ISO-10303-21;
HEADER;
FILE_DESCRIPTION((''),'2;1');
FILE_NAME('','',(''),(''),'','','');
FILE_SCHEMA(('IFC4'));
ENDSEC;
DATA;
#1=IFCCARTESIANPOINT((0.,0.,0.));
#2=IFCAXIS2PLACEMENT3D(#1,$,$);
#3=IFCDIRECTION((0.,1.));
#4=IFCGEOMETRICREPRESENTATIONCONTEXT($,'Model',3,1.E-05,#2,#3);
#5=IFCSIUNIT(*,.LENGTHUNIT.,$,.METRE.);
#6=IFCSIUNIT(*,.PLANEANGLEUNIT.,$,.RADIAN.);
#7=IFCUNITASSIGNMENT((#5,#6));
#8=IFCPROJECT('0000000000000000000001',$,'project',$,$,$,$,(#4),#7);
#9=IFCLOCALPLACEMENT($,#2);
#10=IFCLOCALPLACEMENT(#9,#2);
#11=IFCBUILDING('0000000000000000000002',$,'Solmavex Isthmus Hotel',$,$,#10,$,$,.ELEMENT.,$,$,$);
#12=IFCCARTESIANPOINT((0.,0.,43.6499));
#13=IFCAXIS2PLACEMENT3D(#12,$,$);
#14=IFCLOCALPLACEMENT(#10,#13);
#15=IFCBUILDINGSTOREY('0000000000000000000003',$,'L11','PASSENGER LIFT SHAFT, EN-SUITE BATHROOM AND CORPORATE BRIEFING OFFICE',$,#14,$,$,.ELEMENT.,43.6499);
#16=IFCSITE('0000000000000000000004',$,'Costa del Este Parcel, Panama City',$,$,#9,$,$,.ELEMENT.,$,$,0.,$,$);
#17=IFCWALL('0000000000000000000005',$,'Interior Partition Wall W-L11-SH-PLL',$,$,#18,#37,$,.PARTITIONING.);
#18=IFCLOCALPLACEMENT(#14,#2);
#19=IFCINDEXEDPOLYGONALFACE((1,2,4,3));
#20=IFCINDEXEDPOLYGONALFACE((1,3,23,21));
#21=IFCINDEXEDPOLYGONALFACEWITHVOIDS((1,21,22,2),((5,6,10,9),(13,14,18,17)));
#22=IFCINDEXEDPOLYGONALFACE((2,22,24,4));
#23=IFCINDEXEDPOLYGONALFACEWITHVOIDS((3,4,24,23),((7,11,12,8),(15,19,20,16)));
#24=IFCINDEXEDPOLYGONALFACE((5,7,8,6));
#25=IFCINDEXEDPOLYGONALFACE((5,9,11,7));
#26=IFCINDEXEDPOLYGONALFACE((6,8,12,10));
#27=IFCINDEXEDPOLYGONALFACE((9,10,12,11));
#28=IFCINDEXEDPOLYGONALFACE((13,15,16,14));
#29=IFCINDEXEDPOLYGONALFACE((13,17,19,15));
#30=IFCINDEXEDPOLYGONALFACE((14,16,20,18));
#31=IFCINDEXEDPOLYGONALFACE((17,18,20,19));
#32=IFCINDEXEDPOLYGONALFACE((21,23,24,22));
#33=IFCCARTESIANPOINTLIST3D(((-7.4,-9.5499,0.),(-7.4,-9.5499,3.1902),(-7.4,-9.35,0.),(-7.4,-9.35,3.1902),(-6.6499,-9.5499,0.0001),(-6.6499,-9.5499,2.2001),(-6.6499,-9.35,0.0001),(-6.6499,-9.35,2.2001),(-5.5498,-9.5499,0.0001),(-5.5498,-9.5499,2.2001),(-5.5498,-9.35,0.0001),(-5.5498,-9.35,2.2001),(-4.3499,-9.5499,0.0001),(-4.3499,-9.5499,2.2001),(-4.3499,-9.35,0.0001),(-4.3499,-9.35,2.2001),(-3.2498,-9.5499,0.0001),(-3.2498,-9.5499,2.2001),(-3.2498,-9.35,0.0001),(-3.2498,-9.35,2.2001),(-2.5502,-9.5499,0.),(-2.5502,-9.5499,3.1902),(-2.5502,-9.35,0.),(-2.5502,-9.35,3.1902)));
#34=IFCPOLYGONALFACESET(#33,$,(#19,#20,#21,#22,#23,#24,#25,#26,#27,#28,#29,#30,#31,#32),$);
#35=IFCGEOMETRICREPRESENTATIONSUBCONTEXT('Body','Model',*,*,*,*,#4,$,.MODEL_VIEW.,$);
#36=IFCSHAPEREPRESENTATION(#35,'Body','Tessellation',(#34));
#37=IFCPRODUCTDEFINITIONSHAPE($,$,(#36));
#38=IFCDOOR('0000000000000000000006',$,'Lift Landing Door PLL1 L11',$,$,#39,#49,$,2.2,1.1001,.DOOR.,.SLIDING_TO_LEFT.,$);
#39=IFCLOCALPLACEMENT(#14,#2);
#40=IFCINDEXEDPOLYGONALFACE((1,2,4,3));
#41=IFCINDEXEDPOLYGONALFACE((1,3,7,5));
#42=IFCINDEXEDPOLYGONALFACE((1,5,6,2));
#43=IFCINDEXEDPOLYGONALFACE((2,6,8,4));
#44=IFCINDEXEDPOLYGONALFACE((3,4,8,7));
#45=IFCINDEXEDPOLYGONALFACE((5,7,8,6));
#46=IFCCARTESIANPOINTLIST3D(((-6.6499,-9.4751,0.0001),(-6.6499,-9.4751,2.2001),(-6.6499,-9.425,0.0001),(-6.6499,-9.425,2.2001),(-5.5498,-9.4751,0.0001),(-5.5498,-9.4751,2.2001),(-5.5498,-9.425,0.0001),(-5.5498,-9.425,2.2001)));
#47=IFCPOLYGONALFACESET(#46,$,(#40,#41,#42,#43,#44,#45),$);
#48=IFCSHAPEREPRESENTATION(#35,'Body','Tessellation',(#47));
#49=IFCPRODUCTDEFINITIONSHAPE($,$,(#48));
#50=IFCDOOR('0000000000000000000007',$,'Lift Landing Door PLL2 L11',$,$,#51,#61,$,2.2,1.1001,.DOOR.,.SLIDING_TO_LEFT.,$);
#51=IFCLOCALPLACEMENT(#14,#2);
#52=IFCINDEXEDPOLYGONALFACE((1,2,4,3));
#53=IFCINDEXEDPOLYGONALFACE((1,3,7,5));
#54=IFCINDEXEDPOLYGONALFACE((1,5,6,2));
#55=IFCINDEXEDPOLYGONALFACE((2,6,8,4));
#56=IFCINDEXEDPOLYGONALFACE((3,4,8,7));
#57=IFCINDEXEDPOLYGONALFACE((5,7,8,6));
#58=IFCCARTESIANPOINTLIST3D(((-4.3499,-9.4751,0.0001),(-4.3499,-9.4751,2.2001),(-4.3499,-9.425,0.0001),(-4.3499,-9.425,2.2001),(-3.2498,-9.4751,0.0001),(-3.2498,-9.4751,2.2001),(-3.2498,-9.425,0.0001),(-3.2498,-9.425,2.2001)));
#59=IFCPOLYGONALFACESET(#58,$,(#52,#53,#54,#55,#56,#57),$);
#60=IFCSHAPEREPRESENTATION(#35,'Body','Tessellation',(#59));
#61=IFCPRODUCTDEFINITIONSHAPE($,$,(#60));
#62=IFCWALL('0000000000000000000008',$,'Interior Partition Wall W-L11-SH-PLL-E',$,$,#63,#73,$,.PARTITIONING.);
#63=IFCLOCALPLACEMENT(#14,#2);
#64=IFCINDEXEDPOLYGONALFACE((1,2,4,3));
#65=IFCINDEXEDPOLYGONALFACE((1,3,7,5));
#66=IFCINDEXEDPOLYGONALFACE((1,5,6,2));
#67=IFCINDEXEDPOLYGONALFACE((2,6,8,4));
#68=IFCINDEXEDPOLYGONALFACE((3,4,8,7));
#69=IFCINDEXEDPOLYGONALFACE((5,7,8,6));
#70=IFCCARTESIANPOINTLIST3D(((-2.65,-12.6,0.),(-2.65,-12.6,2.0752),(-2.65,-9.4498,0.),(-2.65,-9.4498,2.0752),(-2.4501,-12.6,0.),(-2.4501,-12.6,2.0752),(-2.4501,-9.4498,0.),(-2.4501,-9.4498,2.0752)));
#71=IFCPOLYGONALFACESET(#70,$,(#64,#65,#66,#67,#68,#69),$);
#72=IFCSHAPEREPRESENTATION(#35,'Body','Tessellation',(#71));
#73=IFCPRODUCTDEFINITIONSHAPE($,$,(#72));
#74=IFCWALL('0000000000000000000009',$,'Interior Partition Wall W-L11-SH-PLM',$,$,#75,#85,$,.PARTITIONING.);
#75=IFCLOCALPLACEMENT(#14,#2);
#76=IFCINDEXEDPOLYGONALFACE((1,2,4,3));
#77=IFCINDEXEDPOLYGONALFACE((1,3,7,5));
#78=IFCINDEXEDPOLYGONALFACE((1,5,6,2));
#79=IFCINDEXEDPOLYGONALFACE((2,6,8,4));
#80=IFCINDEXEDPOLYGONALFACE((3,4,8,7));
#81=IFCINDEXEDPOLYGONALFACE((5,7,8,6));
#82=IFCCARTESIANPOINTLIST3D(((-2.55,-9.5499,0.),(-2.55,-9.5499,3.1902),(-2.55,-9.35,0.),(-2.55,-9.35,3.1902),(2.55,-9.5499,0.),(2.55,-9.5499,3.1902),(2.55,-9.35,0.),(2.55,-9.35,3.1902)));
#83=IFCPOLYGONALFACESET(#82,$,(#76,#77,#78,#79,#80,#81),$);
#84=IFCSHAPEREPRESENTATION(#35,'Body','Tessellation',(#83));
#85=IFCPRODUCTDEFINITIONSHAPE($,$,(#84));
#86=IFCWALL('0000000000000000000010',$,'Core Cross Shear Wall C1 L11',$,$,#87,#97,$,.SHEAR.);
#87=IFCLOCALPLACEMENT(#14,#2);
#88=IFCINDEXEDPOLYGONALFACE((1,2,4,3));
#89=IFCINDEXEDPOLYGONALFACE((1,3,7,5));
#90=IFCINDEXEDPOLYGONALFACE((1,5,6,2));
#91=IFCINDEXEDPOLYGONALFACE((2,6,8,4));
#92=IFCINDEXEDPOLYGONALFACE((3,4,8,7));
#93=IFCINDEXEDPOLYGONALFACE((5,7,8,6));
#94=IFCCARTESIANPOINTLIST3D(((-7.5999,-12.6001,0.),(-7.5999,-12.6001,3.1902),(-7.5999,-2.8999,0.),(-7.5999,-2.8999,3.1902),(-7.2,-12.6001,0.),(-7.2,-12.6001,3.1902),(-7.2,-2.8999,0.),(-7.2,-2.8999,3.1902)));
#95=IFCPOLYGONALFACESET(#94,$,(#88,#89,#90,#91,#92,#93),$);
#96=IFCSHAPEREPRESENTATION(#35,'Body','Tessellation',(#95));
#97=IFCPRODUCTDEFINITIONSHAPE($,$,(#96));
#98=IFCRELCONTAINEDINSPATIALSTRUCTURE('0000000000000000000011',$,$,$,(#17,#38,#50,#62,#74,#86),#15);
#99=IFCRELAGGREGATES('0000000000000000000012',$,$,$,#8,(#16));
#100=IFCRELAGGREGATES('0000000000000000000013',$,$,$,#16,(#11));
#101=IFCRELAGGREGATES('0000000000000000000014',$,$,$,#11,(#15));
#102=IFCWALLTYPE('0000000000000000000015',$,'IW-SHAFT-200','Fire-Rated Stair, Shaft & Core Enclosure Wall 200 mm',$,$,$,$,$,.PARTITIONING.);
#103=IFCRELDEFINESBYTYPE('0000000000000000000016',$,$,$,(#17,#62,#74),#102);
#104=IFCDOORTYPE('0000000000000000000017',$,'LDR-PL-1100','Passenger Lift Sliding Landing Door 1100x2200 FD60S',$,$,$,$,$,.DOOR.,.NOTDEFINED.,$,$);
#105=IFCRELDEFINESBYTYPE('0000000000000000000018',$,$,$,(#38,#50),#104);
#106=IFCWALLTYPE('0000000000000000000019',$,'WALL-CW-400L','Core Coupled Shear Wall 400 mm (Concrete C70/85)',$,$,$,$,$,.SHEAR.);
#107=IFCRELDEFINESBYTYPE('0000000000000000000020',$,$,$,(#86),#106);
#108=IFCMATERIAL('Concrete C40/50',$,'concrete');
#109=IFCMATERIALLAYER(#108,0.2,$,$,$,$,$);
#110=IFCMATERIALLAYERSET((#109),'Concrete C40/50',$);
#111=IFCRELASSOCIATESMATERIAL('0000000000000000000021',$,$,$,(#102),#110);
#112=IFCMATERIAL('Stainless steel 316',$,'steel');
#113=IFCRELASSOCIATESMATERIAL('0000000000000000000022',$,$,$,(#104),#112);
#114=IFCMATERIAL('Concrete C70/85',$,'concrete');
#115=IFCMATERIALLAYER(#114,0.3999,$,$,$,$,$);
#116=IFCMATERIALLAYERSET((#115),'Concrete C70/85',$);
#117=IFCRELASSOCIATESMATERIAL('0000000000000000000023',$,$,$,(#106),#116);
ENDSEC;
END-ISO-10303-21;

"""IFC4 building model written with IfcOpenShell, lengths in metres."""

from ifc_helpers import new_model, si_unit, direction, frame, frame_2d, origin, place, context, subcontext, project, spatial, rectangle, extrude, material, layer, layer_set, type_object, element, fill, save


model = new_model("IFC4")

# Units and contexts
model_context = context("Model", 3, precision=1e-05, world=origin(), true_north=direction((0.0, 1.0)))
body_context = subcontext(model_context, "Body", "Model", "MODEL_VIEW")
ifc_project = project(units=[si_unit("LENGTHUNIT", "METRE"), si_unit("PLANEANGLEUNIT", "RADIAN")], contexts=[model_context])

# Site, building, storey
site_placement = place(None, origin())
site = spatial("IfcSite", under=ifc_project, at=site_placement, Name="Costa del Este Parcel, Panama City", CompositionType="ELEMENT", RefElevation=0.0)
building_placement = place(site_placement, origin())
building = spatial("IfcBuilding", under=site, at=building_placement, Name="Solmavex Isthmus Hotel", CompositionType="ELEMENT")
storey_placement = place(building_placement, frame((0.0, 0.0, 43.6499)))
storey = spatial("IfcBuildingStorey", under=building, at=storey_placement, Name="L11", Description="PASSENGER LIFT SHAFT, EN-SUITE BATHROOM AND CORPORATE BRIEFING OFFICE", CompositionType="ELEMENT", Elevation=43.6499)

# Shared definitions
ifc_material_1 = material(Name="Concrete C70/85", Category="concrete")

# Shared definitions
ifc_material_2 = material(Name="Concrete C40/50", Category="concrete")

# Wall, openings, doors
ifc_layer_1 = layer(ifc_material_2, 0.2)
ifc_layer_set_1 = layer_set([ifc_layer_1], Name="Concrete C40/50")
wall_type_1 = type_object("IfcWallType", Name="IW-SHAFT-200", Description="Fire-Rated Stair, Shaft & Core Enclosure Wall 200 mm", PredefinedType="PARTITIONING", material=ifc_layer_set_1)
wall_1_placement = place(storey_placement, frame((-7.3999, -9.45, 0.0), z_axis=(0.0, 0.0, 1.0), x_axis=(1.0, 0.0, 0.0)))
wall_1 = element("IfcWall", 1, at=wall_1_placement, inside=storey, type_object=wall_type_1, Name="Interior Partition Wall W-L11-SH-PLL", PredefinedType="PARTITIONING", context=body_context, shape_type="SweptSolid", body=[
    extrude(rectangle(XDim=4.8499, YDim=0.2, at=frame_2d((2.4248, 0.0))), origin(), (0.0, 0.0, 1.0), 3.1902),
])
opening_1_placement = place(wall_1_placement, frame((0.75, 0.0, 0.0)))
opening_1 = element("IfcOpeningElement", 2, at=opening_1_placement, cuts=wall_1, PredefinedType="OPENING", context=body_context, shape_type="SweptSolid", body=[
    extrude(rectangle(XDim=1.1001, YDim=2.2, at=frame_2d((0.55, 1.1001))), frame((0.0, 0.1099, 0.0), z_axis=(0.0, -1.0, 0.0), x_axis=(1.0, 0.0, 0.0)), (0.0, 0.0, 1.0), 0.22),
])
opening_2_placement = place(wall_1_placement, frame((3.05, 0.0, 0.0)))
opening_2 = element("IfcOpeningElement", 3, at=opening_2_placement, cuts=wall_1, PredefinedType="OPENING", context=body_context, shape_type="SweptSolid", body=[
    extrude(rectangle(XDim=1.1001, YDim=2.2, at=frame_2d((0.55, 1.1001))), frame((0.0, 0.1099, 0.0), z_axis=(0.0, -1.0, 0.0), x_axis=(1.0, 0.0, 0.0)), (0.0, 0.0, 1.0), 0.22),
])
ifc_material_3 = material(Name="Stainless steel 316", Category="steel")
door_type_1 = type_object("IfcDoorType", Name="LDR-PL-1100", Description="Passenger Lift Sliding Landing Door 1100x2200 FD60S", OperationType="NOTDEFINED", PredefinedType="DOOR", material=ifc_material_3)
door_1_placement = place(opening_1_placement, origin())
door_1 = element("IfcDoor", 4, at=door_1_placement, inside=storey, type_object=door_type_1, Name="Lift Landing Door PLL1 L11", OperationType="SLIDING_TO_LEFT", OverallHeight=2.2, OverallWidth=1.1001, PredefinedType="DOOR", context=body_context, shape_type="SweptSolid", body=[
    extrude(rectangle(XDim=1.1001, YDim=2.2, at=frame_2d((0.55, 1.1001))), frame((0.0, 0.0249, 0.0), z_axis=(0.0, -1.0, 0.0), x_axis=(1.0, 0.0, 0.0)), (0.0, 0.0, 1.0), 0.05),
])
fill(opening_1, door_1)
door_2_placement = place(opening_2_placement, origin())
door_2 = element("IfcDoor", 5, at=door_2_placement, inside=storey, type_object=door_type_1, Name="Lift Landing Door PLL2 L11", OperationType="SLIDING_TO_LEFT", OverallHeight=2.2, OverallWidth=1.1001, PredefinedType="DOOR", context=body_context, shape_type="SweptSolid", body=[
    extrude(rectangle(XDim=1.1001, YDim=2.2, at=frame_2d((0.55, 1.1001))), frame((0.0, 0.0249, 0.0), z_axis=(0.0, -1.0, 0.0), x_axis=(1.0, 0.0, 0.0)), (0.0, 0.0, 1.0), 0.05),
])
fill(opening_2, door_2)

# Walls
wall_2_placement = place(storey_placement, frame((-2.55, -12.6001, 0.0), z_axis=(0.0, 0.0, 1.0), x_axis=(0.0, 1.0, 0.0)))
element("IfcWall", 6, at=wall_2_placement, inside=storey, type_object=wall_type_1, Name="Interior Partition Wall W-L11-SH-PLL-E", PredefinedType="PARTITIONING", context=body_context, shape_type="SweptSolid", body=[
    extrude(rectangle(XDim=3.1501, YDim=0.2, at=frame_2d((1.5752, 0.0))), origin(), (0.0, 0.0, 1.0), 2.0752),
])
wall_3_placement = place(storey_placement, frame((-2.55, -9.45, 0.0), z_axis=(0.0, 0.0, 1.0), x_axis=(1.0, 0.0, 0.0)))
element("IfcWall", 7, at=wall_3_placement, inside=storey, type_object=wall_type_1, Name="Interior Partition Wall W-L11-SH-PLM", PredefinedType="PARTITIONING", context=body_context, shape_type="SweptSolid", body=[
    extrude(rectangle(XDim=5.1001, YDim=0.2, at=frame_2d((2.55, 0.0))), origin(), (0.0, 0.0, 1.0), 3.1902),
])
ifc_layer_2 = layer(ifc_material_1, 0.3999)
ifc_layer_set_2 = layer_set([ifc_layer_2], Name="Concrete C70/85")
wall_type_2 = type_object("IfcWallType", Name="WALL-CW-400L", Description="Core Coupled Shear Wall 400 mm (Concrete C70/85)", PredefinedType="SHEAR", material=ifc_layer_set_2)
wall_4_placement = place(storey_placement, frame((-7.3999, -12.6001, 0.0), z_axis=(0.0, 0.0, 1.0), x_axis=(0.0, 1.0, 0.0)))
element("IfcWall", 8, at=wall_4_placement, inside=storey, type_object=wall_type_2, Name="Core Cross Shear Wall C1 L11", PredefinedType="SHEAR", context=body_context, shape_type="SweptSolid", body=[
    extrude(rectangle(XDim=9.7002, YDim=0.3999, at=frame_2d((4.8501, 0.0))), origin(), (0.0, 0.0, 1.0), 3.1902),
])

save(model, "model.ifc")
